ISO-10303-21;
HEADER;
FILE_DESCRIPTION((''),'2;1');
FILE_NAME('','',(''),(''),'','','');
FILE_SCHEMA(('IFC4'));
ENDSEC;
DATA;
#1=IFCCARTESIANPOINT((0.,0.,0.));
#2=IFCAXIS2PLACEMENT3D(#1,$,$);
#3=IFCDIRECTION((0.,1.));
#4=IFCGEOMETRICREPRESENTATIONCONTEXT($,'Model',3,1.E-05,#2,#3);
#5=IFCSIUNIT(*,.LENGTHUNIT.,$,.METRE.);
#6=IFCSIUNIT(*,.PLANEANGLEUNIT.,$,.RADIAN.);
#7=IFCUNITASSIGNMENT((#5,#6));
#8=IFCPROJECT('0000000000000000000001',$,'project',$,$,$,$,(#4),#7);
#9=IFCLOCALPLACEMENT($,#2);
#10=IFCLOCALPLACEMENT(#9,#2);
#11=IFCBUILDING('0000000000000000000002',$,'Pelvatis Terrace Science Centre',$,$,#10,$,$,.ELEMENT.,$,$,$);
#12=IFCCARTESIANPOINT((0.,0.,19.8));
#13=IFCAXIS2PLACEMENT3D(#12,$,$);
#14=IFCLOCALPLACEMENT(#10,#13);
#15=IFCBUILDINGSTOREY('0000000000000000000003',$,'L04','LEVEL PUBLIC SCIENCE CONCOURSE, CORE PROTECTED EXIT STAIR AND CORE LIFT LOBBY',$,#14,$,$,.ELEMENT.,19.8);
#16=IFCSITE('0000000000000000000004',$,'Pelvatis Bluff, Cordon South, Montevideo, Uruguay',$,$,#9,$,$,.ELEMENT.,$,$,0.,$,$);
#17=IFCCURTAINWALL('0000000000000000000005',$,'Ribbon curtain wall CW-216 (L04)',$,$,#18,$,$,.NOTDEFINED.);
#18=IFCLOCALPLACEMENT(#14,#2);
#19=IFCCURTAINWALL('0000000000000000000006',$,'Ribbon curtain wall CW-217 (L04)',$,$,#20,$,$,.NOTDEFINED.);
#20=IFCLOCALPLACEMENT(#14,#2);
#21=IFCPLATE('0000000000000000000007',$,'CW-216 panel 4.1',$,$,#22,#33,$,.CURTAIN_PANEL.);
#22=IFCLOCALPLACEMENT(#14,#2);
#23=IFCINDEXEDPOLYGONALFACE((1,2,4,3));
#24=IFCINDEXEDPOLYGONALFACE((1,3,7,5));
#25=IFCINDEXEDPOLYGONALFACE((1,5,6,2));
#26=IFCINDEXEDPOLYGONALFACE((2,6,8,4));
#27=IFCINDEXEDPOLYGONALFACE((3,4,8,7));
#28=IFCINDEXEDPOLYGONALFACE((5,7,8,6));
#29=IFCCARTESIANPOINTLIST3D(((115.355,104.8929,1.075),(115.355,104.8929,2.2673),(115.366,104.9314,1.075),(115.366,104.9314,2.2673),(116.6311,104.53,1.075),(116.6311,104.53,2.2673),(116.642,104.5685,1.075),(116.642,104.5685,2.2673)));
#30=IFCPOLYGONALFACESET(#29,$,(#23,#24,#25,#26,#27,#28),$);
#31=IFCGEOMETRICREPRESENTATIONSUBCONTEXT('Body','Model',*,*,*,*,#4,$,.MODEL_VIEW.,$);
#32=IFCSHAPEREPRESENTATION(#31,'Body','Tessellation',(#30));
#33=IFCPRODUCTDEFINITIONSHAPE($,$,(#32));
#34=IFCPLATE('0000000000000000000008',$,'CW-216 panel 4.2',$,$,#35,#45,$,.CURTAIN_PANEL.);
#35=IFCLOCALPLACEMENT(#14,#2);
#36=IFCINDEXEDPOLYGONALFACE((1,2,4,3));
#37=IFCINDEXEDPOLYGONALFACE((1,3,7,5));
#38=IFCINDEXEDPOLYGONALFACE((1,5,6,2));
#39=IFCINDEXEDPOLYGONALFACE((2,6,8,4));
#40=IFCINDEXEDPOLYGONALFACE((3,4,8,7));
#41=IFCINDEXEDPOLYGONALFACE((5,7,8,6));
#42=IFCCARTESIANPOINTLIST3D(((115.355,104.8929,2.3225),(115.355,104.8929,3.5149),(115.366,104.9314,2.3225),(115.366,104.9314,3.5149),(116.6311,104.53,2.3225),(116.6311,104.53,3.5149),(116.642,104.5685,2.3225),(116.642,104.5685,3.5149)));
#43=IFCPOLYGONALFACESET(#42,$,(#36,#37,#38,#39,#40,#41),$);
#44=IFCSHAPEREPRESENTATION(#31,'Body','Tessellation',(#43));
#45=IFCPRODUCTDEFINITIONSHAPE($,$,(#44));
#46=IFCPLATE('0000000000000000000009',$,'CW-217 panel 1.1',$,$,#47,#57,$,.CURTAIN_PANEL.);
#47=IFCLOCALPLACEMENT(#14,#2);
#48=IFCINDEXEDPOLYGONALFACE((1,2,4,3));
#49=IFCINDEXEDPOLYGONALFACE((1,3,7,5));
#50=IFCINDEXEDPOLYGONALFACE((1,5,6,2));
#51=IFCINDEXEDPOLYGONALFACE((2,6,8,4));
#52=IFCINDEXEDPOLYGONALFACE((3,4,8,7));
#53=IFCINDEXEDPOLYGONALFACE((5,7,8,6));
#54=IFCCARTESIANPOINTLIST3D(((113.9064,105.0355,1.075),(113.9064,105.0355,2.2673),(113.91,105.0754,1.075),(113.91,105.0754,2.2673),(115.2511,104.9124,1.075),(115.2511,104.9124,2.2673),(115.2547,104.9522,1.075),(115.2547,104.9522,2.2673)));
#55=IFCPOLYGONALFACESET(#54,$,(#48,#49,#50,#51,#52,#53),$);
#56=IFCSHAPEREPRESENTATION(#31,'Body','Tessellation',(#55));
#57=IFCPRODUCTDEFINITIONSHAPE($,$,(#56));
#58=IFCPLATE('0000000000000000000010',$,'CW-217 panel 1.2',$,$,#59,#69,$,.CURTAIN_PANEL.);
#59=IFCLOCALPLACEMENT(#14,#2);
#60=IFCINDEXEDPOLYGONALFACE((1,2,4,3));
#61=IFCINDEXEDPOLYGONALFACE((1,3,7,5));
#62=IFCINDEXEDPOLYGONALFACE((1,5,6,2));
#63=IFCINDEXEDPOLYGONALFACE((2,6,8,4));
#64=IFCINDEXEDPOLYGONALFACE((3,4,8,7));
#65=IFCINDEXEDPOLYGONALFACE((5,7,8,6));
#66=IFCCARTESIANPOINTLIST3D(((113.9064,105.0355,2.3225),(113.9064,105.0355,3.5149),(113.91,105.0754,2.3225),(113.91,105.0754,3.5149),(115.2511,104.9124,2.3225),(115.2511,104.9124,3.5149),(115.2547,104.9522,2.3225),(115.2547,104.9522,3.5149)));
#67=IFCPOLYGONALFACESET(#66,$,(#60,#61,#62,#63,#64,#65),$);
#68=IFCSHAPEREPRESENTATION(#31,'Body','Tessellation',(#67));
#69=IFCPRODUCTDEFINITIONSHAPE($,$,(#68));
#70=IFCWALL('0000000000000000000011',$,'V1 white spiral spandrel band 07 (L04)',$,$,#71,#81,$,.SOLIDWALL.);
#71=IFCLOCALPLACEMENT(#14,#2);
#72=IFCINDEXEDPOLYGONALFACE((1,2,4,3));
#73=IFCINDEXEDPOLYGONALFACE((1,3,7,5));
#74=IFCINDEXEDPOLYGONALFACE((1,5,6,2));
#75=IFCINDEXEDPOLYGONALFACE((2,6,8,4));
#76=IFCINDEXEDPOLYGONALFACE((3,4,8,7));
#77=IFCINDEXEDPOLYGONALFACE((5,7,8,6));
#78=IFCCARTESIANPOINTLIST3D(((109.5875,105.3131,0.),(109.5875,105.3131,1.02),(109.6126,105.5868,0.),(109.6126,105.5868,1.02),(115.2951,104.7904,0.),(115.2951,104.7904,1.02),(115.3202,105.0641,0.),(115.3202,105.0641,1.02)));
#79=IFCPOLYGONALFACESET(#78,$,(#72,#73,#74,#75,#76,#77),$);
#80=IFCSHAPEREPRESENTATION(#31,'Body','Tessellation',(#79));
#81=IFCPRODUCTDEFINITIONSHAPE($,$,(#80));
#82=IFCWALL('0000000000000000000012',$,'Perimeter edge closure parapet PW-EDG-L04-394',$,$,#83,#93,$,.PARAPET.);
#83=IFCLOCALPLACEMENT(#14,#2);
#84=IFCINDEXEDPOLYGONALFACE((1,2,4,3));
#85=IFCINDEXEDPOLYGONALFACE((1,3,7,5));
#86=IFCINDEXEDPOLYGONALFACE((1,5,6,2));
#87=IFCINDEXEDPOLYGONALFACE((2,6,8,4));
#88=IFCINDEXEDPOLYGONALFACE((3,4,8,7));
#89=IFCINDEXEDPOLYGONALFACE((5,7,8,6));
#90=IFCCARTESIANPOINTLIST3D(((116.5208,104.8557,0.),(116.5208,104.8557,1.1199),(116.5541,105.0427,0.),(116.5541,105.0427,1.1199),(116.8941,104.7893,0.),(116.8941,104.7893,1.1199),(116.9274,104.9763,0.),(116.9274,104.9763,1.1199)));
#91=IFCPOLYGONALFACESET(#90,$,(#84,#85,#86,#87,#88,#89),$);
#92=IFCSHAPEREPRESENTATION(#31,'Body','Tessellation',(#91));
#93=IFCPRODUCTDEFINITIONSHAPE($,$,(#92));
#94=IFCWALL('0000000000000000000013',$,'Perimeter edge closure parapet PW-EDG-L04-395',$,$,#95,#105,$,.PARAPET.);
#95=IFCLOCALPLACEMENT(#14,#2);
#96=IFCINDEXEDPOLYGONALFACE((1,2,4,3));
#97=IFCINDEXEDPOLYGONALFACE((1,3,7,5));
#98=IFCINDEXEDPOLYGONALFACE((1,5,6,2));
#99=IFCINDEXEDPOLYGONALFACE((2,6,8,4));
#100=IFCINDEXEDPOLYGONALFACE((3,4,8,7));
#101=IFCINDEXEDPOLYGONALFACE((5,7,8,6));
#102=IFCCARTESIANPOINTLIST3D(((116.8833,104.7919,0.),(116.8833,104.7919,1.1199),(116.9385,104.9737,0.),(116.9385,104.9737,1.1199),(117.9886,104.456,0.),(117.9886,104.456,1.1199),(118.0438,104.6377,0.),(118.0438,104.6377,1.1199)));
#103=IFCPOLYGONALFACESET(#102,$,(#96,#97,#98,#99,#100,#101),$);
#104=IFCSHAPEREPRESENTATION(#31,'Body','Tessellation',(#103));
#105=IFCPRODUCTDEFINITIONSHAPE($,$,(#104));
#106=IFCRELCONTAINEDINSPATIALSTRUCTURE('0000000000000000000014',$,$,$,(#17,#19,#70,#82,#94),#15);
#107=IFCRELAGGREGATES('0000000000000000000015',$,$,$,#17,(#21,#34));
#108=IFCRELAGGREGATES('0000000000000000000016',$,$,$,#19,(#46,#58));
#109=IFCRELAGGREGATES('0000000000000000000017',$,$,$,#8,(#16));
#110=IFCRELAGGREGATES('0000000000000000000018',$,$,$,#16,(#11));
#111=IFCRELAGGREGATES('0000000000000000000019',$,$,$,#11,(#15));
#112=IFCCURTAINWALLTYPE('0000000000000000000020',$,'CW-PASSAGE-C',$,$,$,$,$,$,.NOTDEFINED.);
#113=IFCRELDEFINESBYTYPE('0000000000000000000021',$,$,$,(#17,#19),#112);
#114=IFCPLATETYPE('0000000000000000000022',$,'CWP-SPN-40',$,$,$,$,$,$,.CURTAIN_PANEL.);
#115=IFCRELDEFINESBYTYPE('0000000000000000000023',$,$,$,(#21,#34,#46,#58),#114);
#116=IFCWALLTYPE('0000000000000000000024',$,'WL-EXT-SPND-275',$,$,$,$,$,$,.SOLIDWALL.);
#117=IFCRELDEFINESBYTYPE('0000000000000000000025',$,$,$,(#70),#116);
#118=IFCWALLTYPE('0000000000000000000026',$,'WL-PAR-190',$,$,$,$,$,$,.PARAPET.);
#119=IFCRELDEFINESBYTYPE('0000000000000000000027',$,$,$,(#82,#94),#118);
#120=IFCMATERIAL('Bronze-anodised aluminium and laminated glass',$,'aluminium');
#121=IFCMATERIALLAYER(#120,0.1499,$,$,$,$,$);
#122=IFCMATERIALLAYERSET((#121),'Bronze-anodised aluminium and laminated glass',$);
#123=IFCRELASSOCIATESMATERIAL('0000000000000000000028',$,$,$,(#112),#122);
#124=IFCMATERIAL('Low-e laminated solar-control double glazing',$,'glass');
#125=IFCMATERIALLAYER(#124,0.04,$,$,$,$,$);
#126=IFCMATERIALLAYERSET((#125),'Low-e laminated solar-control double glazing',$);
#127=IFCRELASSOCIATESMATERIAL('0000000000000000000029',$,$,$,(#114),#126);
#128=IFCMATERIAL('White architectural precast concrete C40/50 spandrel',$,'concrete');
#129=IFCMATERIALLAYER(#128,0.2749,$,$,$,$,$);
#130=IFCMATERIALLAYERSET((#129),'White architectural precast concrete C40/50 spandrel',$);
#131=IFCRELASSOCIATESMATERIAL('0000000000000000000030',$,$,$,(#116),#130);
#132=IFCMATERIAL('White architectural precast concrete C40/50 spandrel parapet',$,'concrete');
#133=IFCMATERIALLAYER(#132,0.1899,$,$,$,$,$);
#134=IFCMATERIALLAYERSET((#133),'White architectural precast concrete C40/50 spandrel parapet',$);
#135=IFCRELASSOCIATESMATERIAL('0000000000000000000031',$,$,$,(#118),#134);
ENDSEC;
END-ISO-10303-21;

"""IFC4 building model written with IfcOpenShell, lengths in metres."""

from ifc_helpers import new_model, si_unit, direction, frame, frame_2d, origin, origin_2d, place, context, subcontext, project, spatial, rectangle, extrude, material, layer, layer_set, type_object, element, aggregate, save


model = new_model("IFC4")

# Units and contexts
model_context = context("Model", 3, precision=1e-05, world=origin(), true_north=direction((0.0, 1.0)))
body_context = subcontext(model_context, "Body", "Model", "MODEL_VIEW")
ifc_project = project(units=[si_unit("LENGTHUNIT", "METRE"), si_unit("PLANEANGLEUNIT", "RADIAN")], contexts=[model_context])

# Site, building, storey
site_placement = place(None, origin())
site = spatial("IfcSite", under=ifc_project, at=site_placement, Name="Pelvatis Bluff, Cordon South, Montevideo, Uruguay", CompositionType="ELEMENT", RefElevation=0.0)
building_placement = place(site_placement, origin())
building = spatial("IfcBuilding", under=site, at=building_placement, Name="Pelvatis Terrace Science Centre", CompositionType="ELEMENT")
storey_placement = place(building_placement, frame((0.0, 0.0, 19.8)))
storey = spatial("IfcBuildingStorey", under=building, at=storey_placement, Name="L04", Description="LEVEL PUBLIC SCIENCE CONCOURSE, CORE PROTECTED EXIT STAIR AND CORE LIFT LOBBY", CompositionType="ELEMENT", Elevation=19.8)

# Curtain wall
ifc_material_1 = material(Name="Bronze-anodised aluminium and laminated glass", Category="aluminium")
ifc_layer_1 = layer(ifc_material_1, 0.1499)
ifc_layer_set_1 = layer_set([ifc_layer_1], Name="Bronze-anodised aluminium and laminated glass")
curtain_wall_type = type_object("IfcCurtainWallType", Name="CW-PASSAGE-C", PredefinedType="NOTDEFINED", material=ifc_layer_set_1)
curtain_wall_1_placement = place(storey_placement, origin())
curtain_wall_1 = element("IfcCurtainWall", 1, at=curtain_wall_1_placement, inside=storey, type_object=curtain_wall_type, Name="Ribbon curtain wall CW-216 (L04)", PredefinedType="NOTDEFINED")

# Curtain wall
curtain_wall_2_placement = place(storey_placement, origin())
curtain_wall_2 = element("IfcCurtainWall", 2, at=curtain_wall_2_placement, inside=storey, type_object=curtain_wall_type, Name="Ribbon curtain wall CW-217 (L04)", PredefinedType="NOTDEFINED")

# Plates
ifc_material_2 = material(Name="Low-e laminated solar-control double glazing", Category="glass")
ifc_layer_2 = layer(ifc_material_2, 0.04)
ifc_layer_set_2 = layer_set([ifc_layer_2], Name="Low-e laminated solar-control double glazing")
plate_type = type_object("IfcPlateType", Name="CWP-SPN-40", PredefinedType="CURTAIN_PANEL", material=ifc_layer_set_2)
plate_1_placement = place(storey_placement, frame((115.9985, 104.7307, 1.075), z_axis=(0.0, 0.0, 1.0), x_axis=(-0.96185, 0.273577, 0.0)))
plate_1 = element("IfcPlate", 3, at=plate_1_placement, type_object=plate_type, Name="CW-216 panel 4.1", PredefinedType="CURTAIN_PANEL", context=body_context, shape_type="SweptSolid", body=[
    extrude(rectangle(XDim=1.3267, YDim=0.04, at=origin_2d()), origin(), (0.0, 0.0, 1.0), 1.1924),
])
plate_2_placement = place(storey_placement, frame((115.9985, 104.7307, 2.3225), z_axis=(0.0, 0.0, 1.0), x_axis=(-0.96185, 0.273577, 0.0)))
plate_2 = element("IfcPlate", 4, at=plate_2_placement, type_object=plate_type, Name="CW-216 panel 4.2", PredefinedType="CURTAIN_PANEL", context=body_context, shape_type="SweptSolid", body=[
    extrude(rectangle(XDim=1.3267, YDim=0.04, at=origin_2d()), origin(), (0.0, 0.0, 1.0), 1.1924),
])
aggregate(curtain_wall_1, [plate_1, plate_2])
plate_3_placement = place(storey_placement, frame((114.5806, 104.9939, 1.075), z_axis=(0.0, 0.0, 1.0), x_axis=(-0.995831, 0.091214, 0.0)))
plate_3 = element("IfcPlate", 5, at=plate_3_placement, type_object=plate_type, Name="CW-217 panel 1.1", PredefinedType="CURTAIN_PANEL", context=body_context, shape_type="SweptSolid", body=[
    extrude(rectangle(XDim=1.3503, YDim=0.04, at=origin_2d()), origin(), (0.0, 0.0, 1.0), 1.1924),
])
plate_4_placement = place(storey_placement, frame((114.5806, 104.9939, 2.3225), z_axis=(0.0, 0.0, 1.0), x_axis=(-0.995831, 0.091214, 0.0)))
plate_4 = element("IfcPlate", 6, at=plate_4_placement, type_object=plate_type, Name="CW-217 panel 1.2", PredefinedType="CURTAIN_PANEL", context=body_context, shape_type="SweptSolid", body=[
    extrude(rectangle(XDim=1.3503, YDim=0.04, at=origin_2d()), origin(), (0.0, 0.0, 1.0), 1.1924),
])
aggregate(curtain_wall_2, [plate_3, plate_4])

# Walls
ifc_material_3 = material(Name="White architectural precast concrete C40/50 spandrel", Category="concrete")
ifc_layer_3 = layer(ifc_material_3, 0.2749)
ifc_layer_set_3 = layer_set([ifc_layer_3], Name="White architectural precast concrete C40/50 spandrel")
wall_type_1 = type_object("IfcWallType", Name="WL-EXT-SPND-275", PredefinedType="SOLIDWALL", material=ifc_layer_set_3)
wall_1_placement = place(storey_placement, frame((115.3076, 104.9272, 0.0), z_axis=(0.0, 0.0, 1.0), x_axis=(-0.995833, 0.0912, 0.0)))
element("IfcWall", 7, at=wall_1_placement, inside=storey, type_object=wall_type_1, Name="V1 white spiral spandrel band 07 (L04)", PredefinedType="SOLIDWALL", context=body_context, shape_type="SweptSolid", body=[
    extrude(rectangle(XDim=5.7314, YDim=0.2749, at=frame_2d((2.8657, 0.0))), origin(), (0.0, 0.0, 1.0), 1.02),
])
ifc_material_4 = material(Name="White architectural precast concrete C40/50 spandrel parapet", Category="concrete")
ifc_layer_4 = layer(ifc_material_4, 0.1899)
ifc_layer_set_4 = layer_set([ifc_layer_4], Name="White architectural precast concrete C40/50 spandrel parapet")
wall_type_2 = type_object("IfcWallType", Name="WL-PAR-190", PredefinedType="PARAPET", material=ifc_layer_set_4)
wall_2_placement = place(storey_placement, frame((116.5376, 104.9492, 0.0), z_axis=(0.0, 0.0, 1.0), x_axis=(0.984543, -0.175144, 0.0)))
element("IfcWall", 8, at=wall_2_placement, inside=storey, type_object=wall_type_2, Name="Perimeter edge closure parapet PW-EDG-L04-394", PredefinedType="PARAPET", context=body_context, shape_type="SweptSolid", body=[
    extrude(rectangle(XDim=0.3792, YDim=0.1899, at=frame_2d((0.1895, 0.0))), origin(), (0.0, 0.0, 1.0), 1.1199),
])
wall_3_placement = place(storey_placement, frame((116.9109, 104.8828, 0.0), z_axis=(0.0, 0.0, 1.0), x_axis=(0.956779, -0.290817, 0.0)))
element("IfcWall", 9, at=wall_3_placement, inside=storey, type_object=wall_type_2, Name="Perimeter edge closure parapet PW-EDG-L04-395", PredefinedType="PARAPET", context=body_context, shape_type="SweptSolid", body=[
    extrude(rectangle(XDim=1.1553, YDim=0.1899, at=frame_2d((0.5776, 0.0))), origin(), (0.0, 0.0, 1.0), 1.1199),
])

save(model, "model.ifc")
